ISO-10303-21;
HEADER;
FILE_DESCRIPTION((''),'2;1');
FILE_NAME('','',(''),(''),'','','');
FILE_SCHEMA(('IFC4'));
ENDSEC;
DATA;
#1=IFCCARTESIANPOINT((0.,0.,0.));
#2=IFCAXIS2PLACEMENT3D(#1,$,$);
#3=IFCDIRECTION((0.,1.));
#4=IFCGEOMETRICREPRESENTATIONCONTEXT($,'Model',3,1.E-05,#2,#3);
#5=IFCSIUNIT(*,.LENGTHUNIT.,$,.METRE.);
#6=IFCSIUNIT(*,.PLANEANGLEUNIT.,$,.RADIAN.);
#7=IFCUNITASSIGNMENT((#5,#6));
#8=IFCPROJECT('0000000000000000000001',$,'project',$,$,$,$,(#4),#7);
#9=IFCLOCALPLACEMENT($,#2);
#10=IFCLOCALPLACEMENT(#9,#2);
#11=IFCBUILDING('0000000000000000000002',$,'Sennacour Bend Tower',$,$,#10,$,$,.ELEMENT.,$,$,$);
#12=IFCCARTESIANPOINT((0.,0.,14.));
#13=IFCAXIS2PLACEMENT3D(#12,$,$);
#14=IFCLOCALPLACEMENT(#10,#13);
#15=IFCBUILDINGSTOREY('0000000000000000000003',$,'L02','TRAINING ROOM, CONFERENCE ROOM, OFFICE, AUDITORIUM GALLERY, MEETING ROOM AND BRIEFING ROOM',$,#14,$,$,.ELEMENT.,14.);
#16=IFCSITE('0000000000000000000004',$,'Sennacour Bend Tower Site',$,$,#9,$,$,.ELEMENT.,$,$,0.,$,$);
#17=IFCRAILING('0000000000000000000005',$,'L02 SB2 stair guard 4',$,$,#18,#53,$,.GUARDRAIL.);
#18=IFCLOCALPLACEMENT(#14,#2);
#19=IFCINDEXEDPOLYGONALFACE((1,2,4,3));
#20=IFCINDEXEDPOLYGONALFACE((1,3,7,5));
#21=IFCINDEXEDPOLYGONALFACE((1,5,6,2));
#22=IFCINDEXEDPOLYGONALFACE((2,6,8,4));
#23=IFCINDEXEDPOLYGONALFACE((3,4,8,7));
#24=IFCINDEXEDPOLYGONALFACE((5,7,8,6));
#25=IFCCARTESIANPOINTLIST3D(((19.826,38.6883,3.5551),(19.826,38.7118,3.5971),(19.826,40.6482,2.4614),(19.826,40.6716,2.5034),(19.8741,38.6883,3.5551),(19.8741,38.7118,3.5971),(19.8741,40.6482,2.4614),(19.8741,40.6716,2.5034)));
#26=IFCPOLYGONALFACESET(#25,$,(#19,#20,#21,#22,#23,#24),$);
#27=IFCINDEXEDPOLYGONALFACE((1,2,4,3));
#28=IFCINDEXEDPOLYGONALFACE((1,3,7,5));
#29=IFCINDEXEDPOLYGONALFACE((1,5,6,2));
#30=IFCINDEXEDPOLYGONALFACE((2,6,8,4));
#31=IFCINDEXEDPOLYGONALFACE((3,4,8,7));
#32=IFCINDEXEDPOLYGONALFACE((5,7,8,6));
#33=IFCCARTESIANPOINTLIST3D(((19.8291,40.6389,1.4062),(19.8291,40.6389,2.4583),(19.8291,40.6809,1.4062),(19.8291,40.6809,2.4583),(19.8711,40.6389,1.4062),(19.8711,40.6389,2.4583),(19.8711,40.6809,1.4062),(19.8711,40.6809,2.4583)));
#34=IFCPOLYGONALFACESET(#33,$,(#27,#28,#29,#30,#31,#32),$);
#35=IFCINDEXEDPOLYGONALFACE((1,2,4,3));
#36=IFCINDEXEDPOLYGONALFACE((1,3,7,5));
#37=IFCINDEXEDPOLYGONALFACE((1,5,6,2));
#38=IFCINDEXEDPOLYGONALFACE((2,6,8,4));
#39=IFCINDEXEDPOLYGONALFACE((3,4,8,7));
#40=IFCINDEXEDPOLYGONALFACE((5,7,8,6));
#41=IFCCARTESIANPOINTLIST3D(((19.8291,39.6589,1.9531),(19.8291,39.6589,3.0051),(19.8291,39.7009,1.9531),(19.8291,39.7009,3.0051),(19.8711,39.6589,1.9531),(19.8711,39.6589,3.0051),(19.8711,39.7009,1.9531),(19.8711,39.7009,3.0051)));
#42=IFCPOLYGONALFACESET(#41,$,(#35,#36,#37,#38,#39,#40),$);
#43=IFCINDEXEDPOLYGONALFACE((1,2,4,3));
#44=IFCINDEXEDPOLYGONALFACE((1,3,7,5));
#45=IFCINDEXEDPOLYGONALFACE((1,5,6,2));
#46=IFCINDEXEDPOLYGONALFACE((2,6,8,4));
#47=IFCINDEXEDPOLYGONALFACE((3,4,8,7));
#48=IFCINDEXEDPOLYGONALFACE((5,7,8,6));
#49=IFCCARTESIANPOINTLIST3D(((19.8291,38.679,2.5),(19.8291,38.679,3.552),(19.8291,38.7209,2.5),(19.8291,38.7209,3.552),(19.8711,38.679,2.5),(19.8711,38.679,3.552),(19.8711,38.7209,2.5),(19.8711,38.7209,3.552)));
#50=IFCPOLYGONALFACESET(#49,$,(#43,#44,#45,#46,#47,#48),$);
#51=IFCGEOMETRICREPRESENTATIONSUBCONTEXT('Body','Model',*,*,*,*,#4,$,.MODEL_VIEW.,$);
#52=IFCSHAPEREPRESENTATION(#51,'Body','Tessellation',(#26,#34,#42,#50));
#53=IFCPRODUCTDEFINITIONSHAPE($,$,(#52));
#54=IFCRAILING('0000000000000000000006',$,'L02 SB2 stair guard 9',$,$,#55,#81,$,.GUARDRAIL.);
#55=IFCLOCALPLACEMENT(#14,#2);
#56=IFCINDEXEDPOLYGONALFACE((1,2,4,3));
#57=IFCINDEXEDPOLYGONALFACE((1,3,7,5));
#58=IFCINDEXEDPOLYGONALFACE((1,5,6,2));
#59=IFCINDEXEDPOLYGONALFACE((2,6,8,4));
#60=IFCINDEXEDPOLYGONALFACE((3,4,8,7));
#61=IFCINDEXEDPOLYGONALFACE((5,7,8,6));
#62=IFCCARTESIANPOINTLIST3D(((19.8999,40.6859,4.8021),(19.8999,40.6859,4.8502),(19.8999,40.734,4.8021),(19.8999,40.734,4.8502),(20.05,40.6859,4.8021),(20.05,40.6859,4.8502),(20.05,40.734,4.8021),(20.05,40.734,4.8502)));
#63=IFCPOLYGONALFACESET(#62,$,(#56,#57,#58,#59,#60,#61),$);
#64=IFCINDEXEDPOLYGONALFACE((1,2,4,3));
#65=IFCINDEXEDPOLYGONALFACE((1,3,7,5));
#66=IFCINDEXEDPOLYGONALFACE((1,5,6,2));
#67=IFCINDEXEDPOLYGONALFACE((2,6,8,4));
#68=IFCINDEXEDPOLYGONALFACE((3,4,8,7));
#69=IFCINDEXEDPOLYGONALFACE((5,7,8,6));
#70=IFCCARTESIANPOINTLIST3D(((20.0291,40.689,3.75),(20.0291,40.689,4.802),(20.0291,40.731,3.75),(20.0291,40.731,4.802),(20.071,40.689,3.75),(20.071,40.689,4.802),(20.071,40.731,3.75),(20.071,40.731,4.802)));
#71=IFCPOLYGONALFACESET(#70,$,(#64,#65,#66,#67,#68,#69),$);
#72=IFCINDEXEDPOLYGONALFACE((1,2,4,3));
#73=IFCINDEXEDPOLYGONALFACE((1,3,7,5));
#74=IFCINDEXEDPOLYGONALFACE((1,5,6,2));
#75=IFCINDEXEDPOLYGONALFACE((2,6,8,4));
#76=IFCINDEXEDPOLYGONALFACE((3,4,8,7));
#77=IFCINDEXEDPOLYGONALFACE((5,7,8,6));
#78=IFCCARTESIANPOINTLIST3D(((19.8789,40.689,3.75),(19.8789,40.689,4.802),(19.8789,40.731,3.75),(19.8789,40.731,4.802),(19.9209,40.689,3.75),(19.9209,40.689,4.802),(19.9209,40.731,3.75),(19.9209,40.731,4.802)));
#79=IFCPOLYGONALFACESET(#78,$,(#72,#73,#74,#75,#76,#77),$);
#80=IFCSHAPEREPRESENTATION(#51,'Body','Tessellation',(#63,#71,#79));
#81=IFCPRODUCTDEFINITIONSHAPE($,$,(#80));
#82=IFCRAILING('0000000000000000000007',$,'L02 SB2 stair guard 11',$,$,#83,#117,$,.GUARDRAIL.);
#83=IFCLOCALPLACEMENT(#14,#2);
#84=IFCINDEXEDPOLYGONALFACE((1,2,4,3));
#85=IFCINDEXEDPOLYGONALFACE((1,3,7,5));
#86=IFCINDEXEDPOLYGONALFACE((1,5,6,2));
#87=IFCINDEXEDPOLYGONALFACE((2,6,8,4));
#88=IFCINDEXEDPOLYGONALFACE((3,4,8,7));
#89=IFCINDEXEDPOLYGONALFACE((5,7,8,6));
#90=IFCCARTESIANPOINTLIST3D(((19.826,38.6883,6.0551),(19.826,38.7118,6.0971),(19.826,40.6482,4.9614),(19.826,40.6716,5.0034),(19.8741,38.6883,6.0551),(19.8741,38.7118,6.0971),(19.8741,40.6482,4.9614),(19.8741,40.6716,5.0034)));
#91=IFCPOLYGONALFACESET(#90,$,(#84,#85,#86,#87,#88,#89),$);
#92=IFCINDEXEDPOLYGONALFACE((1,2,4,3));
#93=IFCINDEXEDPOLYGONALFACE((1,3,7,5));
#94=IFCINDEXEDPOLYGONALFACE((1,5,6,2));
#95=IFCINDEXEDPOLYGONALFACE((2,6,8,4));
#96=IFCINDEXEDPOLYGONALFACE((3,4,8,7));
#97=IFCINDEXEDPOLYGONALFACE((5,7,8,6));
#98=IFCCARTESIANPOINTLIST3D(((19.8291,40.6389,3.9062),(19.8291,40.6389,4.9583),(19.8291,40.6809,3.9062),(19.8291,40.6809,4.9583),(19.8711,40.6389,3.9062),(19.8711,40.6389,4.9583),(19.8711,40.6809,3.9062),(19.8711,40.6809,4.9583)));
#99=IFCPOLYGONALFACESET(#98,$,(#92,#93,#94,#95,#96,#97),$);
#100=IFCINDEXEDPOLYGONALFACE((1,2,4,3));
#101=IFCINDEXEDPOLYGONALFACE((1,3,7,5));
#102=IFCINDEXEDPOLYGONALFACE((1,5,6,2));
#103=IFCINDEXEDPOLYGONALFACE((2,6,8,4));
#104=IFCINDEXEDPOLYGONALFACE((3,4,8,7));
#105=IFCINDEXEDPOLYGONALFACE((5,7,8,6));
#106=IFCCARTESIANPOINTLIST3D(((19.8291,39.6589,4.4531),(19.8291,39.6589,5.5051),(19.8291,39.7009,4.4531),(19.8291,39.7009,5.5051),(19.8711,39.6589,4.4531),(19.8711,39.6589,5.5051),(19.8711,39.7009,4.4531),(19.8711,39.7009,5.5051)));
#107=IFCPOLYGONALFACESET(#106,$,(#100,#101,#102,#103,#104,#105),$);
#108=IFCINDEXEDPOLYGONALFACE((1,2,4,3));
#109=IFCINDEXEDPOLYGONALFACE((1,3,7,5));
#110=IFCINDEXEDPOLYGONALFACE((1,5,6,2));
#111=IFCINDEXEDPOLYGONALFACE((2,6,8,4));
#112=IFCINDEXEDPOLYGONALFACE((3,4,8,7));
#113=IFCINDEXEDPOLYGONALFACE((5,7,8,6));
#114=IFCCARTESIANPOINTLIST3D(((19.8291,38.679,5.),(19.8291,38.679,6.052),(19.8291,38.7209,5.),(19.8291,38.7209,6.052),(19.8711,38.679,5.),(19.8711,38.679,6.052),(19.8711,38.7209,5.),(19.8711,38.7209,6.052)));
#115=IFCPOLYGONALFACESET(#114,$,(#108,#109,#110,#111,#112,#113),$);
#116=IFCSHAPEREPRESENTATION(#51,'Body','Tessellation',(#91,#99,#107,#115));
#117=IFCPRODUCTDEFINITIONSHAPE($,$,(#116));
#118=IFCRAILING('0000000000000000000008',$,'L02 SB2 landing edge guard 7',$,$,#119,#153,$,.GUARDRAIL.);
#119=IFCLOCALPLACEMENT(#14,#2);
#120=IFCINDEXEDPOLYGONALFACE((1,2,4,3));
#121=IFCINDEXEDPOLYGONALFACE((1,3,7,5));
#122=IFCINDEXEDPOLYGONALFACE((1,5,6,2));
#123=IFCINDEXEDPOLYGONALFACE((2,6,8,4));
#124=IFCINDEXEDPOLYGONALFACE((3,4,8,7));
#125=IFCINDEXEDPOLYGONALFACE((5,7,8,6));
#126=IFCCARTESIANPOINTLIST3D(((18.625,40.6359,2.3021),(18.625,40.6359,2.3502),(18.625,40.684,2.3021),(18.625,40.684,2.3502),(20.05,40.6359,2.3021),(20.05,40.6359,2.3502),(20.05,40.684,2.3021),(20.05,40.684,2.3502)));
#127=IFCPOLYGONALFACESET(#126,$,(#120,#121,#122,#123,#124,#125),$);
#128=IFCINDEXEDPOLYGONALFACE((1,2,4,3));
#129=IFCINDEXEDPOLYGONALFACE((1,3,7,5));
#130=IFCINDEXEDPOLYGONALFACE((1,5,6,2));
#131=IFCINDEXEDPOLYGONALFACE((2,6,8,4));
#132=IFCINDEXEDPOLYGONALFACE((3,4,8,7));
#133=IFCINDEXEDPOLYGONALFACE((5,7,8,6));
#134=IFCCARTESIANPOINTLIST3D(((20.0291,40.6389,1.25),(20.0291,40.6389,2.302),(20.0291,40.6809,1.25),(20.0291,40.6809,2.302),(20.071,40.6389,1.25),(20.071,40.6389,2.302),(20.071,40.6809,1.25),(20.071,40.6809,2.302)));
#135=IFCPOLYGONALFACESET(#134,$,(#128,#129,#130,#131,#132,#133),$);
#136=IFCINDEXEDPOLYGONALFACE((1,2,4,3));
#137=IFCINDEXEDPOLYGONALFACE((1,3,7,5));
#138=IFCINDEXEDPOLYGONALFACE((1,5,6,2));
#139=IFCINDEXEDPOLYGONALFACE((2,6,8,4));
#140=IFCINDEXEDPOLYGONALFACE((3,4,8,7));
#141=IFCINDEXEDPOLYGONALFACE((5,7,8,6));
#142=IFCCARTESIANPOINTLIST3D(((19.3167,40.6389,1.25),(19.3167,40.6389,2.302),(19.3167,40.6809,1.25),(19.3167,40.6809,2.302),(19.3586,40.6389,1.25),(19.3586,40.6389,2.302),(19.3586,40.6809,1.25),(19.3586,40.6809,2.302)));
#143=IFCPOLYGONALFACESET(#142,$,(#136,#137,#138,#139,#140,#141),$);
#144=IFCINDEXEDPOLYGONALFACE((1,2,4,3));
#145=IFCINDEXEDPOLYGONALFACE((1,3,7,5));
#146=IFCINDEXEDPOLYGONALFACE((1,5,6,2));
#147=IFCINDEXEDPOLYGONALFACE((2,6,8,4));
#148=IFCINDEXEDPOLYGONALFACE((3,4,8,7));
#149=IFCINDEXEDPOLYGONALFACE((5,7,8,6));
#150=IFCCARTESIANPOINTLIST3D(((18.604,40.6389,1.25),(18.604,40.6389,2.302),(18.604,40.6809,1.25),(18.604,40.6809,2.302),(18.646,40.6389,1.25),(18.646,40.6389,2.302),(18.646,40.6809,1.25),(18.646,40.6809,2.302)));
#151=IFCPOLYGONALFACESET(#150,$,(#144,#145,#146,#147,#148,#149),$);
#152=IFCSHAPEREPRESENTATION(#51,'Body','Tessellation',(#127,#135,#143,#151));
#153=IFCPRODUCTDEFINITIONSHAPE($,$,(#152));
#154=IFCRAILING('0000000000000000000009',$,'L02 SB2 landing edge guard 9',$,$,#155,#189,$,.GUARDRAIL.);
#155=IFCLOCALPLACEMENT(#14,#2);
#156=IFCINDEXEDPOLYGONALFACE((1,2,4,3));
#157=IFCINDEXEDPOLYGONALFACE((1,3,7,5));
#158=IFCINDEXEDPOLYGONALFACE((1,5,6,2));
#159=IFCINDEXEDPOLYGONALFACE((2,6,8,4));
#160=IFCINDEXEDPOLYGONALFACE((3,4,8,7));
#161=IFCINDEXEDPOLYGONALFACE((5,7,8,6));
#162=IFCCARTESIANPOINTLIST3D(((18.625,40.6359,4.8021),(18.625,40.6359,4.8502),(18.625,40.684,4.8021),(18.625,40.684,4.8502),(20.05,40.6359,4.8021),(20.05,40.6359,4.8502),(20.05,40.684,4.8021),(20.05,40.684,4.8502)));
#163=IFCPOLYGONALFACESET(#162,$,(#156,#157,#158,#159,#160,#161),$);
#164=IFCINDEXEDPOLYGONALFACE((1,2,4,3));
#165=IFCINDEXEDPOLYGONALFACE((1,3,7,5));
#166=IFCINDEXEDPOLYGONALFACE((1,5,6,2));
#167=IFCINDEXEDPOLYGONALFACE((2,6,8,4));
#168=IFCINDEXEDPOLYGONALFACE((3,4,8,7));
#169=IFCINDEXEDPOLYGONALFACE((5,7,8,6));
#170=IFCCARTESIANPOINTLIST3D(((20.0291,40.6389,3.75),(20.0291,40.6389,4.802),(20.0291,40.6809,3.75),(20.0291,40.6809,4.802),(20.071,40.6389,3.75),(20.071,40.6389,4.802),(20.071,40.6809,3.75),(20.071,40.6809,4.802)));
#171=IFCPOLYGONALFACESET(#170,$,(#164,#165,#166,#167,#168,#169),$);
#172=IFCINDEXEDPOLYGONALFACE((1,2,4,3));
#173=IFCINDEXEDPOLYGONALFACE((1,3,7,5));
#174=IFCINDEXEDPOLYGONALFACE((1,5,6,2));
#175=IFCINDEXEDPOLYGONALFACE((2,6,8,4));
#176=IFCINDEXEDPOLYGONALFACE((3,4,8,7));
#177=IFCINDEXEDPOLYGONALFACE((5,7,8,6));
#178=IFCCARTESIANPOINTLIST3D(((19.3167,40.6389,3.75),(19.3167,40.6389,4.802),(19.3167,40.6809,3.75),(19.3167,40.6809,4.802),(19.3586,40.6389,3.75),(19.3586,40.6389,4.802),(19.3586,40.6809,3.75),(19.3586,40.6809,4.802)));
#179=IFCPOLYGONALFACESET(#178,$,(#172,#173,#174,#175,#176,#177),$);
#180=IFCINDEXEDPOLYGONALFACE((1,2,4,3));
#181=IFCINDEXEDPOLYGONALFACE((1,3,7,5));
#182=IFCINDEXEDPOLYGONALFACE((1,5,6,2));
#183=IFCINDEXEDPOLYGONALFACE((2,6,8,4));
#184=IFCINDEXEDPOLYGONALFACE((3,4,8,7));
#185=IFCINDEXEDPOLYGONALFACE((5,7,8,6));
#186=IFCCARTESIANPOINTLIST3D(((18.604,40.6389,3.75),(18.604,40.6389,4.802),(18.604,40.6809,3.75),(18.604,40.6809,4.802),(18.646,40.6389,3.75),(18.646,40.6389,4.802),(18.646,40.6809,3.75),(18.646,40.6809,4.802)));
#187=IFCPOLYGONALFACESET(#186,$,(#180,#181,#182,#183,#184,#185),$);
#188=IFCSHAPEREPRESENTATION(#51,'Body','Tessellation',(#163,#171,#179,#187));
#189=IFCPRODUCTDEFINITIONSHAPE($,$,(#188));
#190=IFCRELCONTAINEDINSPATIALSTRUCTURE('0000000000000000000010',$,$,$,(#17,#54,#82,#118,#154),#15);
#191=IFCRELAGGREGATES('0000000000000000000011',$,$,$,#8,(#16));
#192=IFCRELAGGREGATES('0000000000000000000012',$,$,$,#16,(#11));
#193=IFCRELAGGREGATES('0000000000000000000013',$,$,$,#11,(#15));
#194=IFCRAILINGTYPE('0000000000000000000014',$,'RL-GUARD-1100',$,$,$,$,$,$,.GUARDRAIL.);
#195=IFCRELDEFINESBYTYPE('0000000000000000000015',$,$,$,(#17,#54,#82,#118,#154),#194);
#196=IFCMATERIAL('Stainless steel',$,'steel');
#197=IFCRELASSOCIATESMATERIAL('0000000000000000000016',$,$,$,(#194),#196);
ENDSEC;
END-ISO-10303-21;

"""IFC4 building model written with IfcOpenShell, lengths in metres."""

from ifc_helpers import new_model, si_unit, direction, frame, origin, origin_2d, place, context, subcontext, project, spatial, rectangle, extrude, material, type_object, element, save


model = new_model("IFC4")

# Units and contexts
model_context = context("Model", 3, precision=1e-05, world=origin(), true_north=direction((0.0, 1.0)))
body_context = subcontext(model_context, "Body", "Model", "MODEL_VIEW")
ifc_project = project(units=[si_unit("LENGTHUNIT", "METRE"), si_unit("PLANEANGLEUNIT", "RADIAN")], contexts=[model_context])

# Site, building, storey
site_placement = place(None, origin())
site = spatial("IfcSite", under=ifc_project, at=site_placement, Name="Sennacour Bend Tower Site", CompositionType="ELEMENT", RefElevation=0.0)
building_placement = place(site_placement, origin())
building = spatial("IfcBuilding", under=site, at=building_placement, Name="Sennacour Bend Tower", CompositionType="ELEMENT")
storey_placement = place(building_placement, frame((0.0, 0.0, 14.0)))
storey = spatial("IfcBuildingStorey", under=building, at=storey_placement, Name="L02", Description="TRAINING ROOM, CONFERENCE ROOM, OFFICE, AUDITORIUM GALLERY, MEETING ROOM AND BRIEFING ROOM", CompositionType="ELEMENT", Elevation=14.0)

# Railings
ifc_material_1 = material(Name="Stainless steel", Category="steel")
railing_type = type_object("IfcRailingType", Name="RL-GUARD-1100", PredefinedType="GUARDRAIL", material=ifc_material_1)
railing_1_placement = place(storey_placement, frame((19.8501, 40.6599, 1.4062)))
element("IfcRailing", 1, at=railing_1_placement, inside=storey, type_object=railing_type, Name="L02 SB2 stair guard 4", PredefinedType="GUARDRAIL", context=body_context, shape_type="SweptSolid", body=[
    extrude(rectangle(XDim=0.0481, YDim=0.0481, at=origin_2d()), frame((0.0, 0.0, 1.0762), z_axis=(0.0, -0.873232, 0.487304), x_axis=(1.0, 0.0, 0.0)), (0.0, 0.0, 1.0), 2.2444),
    extrude(rectangle(XDim=0.042, YDim=0.042, at=origin_2d()), origin(), (0.0, 0.0, 1.0), 1.052),
    extrude(rectangle(XDim=0.042, YDim=0.042, at=origin_2d()), frame((0.0, -0.98, 0.5469)), (0.0, 0.0, 1.0), 1.052),
    extrude(rectangle(XDim=0.042, YDim=0.042, at=origin_2d()), frame((0.0, -1.96, 1.0938)), (0.0, 0.0, 1.0), 1.052),
])
railing_2_placement = place(storey_placement, frame((20.05, 40.71, 3.75)))
element("IfcRailing", 2, at=railing_2_placement, inside=storey, type_object=railing_type, Name="L02 SB2 stair guard 9", PredefinedType="GUARDRAIL", context=body_context, shape_type="SweptSolid", body=[
    extrude(rectangle(XDim=0.0481, YDim=0.0481, at=origin_2d()), frame((0.0, 0.0, 1.0762), z_axis=(-1.0, 0.0, 0.0), x_axis=(0.0, -1.0, 0.0)), (0.0, 0.0, 1.0), 0.1501),
    extrude(rectangle(XDim=0.042, YDim=0.042, at=origin_2d()), origin(), (0.0, 0.0, 1.0), 1.052),
    extrude(rectangle(XDim=0.042, YDim=0.042, at=origin_2d()), frame((-0.1501, 0.0, 0.0)), (0.0, 0.0, 1.0), 1.052),
])
railing_3_placement = place(storey_placement, frame((19.8501, 40.6599, 3.9062)))
element("IfcRailing", 3, at=railing_3_placement, inside=storey, type_object=railing_type, Name="L02 SB2 stair guard 11", PredefinedType="GUARDRAIL", context=body_context, shape_type="SweptSolid", body=[
    extrude(rectangle(XDim=0.0481, YDim=0.0481, at=origin_2d()), frame((0.0, 0.0, 1.0762), z_axis=(0.0, -0.873232, 0.487304), x_axis=(1.0, 0.0, 0.0)), (0.0, 0.0, 1.0), 2.2444),
    extrude(rectangle(XDim=0.042, YDim=0.042, at=origin_2d()), origin(), (0.0, 0.0, 1.0), 1.052),
    extrude(rectangle(XDim=0.042, YDim=0.042, at=origin_2d()), frame((0.0, -0.98, 0.5469)), (0.0, 0.0, 1.0), 1.052),
    extrude(rectangle(XDim=0.042, YDim=0.042, at=origin_2d()), frame((0.0, -1.96, 1.0938)), (0.0, 0.0, 1.0), 1.052),
])
for number, where, name in (
    (4, (20.05, 40.6599, 1.25), "L02 SB2 landing edge guard 7"),
    (5, (20.05, 40.6599, 3.75), "L02 SB2 landing edge guard 9"),
):
    element("IfcRailing", number, at=place(storey_placement, frame(where)), inside=storey, type_object=railing_type, Name=name, PredefinedType="GUARDRAIL", context=body_context, shape_type="SweptSolid", body=[
        extrude(rectangle(XDim=0.0481, YDim=0.0481, at=origin_2d()), frame((0.0, 0.0, 1.0762), z_axis=(-1.0, 0.0, 0.0), x_axis=(0.0, -1.0, 0.0)), (0.0, 0.0, 1.0), 1.425),
        extrude(rectangle(XDim=0.042, YDim=0.042, at=origin_2d()), origin(), (0.0, 0.0, 1.0), 1.052),
        extrude(rectangle(XDim=0.042, YDim=0.042, at=origin_2d()), frame((-0.7124, 0.0, 0.0)), (0.0, 0.0, 1.0), 1.052),
        extrude(rectangle(XDim=0.042, YDim=0.042, at=origin_2d()), frame((-1.425, 0.0, 0.0)), (0.0, 0.0, 1.0), 1.052),
    ])

save(model, "model.ifc")
